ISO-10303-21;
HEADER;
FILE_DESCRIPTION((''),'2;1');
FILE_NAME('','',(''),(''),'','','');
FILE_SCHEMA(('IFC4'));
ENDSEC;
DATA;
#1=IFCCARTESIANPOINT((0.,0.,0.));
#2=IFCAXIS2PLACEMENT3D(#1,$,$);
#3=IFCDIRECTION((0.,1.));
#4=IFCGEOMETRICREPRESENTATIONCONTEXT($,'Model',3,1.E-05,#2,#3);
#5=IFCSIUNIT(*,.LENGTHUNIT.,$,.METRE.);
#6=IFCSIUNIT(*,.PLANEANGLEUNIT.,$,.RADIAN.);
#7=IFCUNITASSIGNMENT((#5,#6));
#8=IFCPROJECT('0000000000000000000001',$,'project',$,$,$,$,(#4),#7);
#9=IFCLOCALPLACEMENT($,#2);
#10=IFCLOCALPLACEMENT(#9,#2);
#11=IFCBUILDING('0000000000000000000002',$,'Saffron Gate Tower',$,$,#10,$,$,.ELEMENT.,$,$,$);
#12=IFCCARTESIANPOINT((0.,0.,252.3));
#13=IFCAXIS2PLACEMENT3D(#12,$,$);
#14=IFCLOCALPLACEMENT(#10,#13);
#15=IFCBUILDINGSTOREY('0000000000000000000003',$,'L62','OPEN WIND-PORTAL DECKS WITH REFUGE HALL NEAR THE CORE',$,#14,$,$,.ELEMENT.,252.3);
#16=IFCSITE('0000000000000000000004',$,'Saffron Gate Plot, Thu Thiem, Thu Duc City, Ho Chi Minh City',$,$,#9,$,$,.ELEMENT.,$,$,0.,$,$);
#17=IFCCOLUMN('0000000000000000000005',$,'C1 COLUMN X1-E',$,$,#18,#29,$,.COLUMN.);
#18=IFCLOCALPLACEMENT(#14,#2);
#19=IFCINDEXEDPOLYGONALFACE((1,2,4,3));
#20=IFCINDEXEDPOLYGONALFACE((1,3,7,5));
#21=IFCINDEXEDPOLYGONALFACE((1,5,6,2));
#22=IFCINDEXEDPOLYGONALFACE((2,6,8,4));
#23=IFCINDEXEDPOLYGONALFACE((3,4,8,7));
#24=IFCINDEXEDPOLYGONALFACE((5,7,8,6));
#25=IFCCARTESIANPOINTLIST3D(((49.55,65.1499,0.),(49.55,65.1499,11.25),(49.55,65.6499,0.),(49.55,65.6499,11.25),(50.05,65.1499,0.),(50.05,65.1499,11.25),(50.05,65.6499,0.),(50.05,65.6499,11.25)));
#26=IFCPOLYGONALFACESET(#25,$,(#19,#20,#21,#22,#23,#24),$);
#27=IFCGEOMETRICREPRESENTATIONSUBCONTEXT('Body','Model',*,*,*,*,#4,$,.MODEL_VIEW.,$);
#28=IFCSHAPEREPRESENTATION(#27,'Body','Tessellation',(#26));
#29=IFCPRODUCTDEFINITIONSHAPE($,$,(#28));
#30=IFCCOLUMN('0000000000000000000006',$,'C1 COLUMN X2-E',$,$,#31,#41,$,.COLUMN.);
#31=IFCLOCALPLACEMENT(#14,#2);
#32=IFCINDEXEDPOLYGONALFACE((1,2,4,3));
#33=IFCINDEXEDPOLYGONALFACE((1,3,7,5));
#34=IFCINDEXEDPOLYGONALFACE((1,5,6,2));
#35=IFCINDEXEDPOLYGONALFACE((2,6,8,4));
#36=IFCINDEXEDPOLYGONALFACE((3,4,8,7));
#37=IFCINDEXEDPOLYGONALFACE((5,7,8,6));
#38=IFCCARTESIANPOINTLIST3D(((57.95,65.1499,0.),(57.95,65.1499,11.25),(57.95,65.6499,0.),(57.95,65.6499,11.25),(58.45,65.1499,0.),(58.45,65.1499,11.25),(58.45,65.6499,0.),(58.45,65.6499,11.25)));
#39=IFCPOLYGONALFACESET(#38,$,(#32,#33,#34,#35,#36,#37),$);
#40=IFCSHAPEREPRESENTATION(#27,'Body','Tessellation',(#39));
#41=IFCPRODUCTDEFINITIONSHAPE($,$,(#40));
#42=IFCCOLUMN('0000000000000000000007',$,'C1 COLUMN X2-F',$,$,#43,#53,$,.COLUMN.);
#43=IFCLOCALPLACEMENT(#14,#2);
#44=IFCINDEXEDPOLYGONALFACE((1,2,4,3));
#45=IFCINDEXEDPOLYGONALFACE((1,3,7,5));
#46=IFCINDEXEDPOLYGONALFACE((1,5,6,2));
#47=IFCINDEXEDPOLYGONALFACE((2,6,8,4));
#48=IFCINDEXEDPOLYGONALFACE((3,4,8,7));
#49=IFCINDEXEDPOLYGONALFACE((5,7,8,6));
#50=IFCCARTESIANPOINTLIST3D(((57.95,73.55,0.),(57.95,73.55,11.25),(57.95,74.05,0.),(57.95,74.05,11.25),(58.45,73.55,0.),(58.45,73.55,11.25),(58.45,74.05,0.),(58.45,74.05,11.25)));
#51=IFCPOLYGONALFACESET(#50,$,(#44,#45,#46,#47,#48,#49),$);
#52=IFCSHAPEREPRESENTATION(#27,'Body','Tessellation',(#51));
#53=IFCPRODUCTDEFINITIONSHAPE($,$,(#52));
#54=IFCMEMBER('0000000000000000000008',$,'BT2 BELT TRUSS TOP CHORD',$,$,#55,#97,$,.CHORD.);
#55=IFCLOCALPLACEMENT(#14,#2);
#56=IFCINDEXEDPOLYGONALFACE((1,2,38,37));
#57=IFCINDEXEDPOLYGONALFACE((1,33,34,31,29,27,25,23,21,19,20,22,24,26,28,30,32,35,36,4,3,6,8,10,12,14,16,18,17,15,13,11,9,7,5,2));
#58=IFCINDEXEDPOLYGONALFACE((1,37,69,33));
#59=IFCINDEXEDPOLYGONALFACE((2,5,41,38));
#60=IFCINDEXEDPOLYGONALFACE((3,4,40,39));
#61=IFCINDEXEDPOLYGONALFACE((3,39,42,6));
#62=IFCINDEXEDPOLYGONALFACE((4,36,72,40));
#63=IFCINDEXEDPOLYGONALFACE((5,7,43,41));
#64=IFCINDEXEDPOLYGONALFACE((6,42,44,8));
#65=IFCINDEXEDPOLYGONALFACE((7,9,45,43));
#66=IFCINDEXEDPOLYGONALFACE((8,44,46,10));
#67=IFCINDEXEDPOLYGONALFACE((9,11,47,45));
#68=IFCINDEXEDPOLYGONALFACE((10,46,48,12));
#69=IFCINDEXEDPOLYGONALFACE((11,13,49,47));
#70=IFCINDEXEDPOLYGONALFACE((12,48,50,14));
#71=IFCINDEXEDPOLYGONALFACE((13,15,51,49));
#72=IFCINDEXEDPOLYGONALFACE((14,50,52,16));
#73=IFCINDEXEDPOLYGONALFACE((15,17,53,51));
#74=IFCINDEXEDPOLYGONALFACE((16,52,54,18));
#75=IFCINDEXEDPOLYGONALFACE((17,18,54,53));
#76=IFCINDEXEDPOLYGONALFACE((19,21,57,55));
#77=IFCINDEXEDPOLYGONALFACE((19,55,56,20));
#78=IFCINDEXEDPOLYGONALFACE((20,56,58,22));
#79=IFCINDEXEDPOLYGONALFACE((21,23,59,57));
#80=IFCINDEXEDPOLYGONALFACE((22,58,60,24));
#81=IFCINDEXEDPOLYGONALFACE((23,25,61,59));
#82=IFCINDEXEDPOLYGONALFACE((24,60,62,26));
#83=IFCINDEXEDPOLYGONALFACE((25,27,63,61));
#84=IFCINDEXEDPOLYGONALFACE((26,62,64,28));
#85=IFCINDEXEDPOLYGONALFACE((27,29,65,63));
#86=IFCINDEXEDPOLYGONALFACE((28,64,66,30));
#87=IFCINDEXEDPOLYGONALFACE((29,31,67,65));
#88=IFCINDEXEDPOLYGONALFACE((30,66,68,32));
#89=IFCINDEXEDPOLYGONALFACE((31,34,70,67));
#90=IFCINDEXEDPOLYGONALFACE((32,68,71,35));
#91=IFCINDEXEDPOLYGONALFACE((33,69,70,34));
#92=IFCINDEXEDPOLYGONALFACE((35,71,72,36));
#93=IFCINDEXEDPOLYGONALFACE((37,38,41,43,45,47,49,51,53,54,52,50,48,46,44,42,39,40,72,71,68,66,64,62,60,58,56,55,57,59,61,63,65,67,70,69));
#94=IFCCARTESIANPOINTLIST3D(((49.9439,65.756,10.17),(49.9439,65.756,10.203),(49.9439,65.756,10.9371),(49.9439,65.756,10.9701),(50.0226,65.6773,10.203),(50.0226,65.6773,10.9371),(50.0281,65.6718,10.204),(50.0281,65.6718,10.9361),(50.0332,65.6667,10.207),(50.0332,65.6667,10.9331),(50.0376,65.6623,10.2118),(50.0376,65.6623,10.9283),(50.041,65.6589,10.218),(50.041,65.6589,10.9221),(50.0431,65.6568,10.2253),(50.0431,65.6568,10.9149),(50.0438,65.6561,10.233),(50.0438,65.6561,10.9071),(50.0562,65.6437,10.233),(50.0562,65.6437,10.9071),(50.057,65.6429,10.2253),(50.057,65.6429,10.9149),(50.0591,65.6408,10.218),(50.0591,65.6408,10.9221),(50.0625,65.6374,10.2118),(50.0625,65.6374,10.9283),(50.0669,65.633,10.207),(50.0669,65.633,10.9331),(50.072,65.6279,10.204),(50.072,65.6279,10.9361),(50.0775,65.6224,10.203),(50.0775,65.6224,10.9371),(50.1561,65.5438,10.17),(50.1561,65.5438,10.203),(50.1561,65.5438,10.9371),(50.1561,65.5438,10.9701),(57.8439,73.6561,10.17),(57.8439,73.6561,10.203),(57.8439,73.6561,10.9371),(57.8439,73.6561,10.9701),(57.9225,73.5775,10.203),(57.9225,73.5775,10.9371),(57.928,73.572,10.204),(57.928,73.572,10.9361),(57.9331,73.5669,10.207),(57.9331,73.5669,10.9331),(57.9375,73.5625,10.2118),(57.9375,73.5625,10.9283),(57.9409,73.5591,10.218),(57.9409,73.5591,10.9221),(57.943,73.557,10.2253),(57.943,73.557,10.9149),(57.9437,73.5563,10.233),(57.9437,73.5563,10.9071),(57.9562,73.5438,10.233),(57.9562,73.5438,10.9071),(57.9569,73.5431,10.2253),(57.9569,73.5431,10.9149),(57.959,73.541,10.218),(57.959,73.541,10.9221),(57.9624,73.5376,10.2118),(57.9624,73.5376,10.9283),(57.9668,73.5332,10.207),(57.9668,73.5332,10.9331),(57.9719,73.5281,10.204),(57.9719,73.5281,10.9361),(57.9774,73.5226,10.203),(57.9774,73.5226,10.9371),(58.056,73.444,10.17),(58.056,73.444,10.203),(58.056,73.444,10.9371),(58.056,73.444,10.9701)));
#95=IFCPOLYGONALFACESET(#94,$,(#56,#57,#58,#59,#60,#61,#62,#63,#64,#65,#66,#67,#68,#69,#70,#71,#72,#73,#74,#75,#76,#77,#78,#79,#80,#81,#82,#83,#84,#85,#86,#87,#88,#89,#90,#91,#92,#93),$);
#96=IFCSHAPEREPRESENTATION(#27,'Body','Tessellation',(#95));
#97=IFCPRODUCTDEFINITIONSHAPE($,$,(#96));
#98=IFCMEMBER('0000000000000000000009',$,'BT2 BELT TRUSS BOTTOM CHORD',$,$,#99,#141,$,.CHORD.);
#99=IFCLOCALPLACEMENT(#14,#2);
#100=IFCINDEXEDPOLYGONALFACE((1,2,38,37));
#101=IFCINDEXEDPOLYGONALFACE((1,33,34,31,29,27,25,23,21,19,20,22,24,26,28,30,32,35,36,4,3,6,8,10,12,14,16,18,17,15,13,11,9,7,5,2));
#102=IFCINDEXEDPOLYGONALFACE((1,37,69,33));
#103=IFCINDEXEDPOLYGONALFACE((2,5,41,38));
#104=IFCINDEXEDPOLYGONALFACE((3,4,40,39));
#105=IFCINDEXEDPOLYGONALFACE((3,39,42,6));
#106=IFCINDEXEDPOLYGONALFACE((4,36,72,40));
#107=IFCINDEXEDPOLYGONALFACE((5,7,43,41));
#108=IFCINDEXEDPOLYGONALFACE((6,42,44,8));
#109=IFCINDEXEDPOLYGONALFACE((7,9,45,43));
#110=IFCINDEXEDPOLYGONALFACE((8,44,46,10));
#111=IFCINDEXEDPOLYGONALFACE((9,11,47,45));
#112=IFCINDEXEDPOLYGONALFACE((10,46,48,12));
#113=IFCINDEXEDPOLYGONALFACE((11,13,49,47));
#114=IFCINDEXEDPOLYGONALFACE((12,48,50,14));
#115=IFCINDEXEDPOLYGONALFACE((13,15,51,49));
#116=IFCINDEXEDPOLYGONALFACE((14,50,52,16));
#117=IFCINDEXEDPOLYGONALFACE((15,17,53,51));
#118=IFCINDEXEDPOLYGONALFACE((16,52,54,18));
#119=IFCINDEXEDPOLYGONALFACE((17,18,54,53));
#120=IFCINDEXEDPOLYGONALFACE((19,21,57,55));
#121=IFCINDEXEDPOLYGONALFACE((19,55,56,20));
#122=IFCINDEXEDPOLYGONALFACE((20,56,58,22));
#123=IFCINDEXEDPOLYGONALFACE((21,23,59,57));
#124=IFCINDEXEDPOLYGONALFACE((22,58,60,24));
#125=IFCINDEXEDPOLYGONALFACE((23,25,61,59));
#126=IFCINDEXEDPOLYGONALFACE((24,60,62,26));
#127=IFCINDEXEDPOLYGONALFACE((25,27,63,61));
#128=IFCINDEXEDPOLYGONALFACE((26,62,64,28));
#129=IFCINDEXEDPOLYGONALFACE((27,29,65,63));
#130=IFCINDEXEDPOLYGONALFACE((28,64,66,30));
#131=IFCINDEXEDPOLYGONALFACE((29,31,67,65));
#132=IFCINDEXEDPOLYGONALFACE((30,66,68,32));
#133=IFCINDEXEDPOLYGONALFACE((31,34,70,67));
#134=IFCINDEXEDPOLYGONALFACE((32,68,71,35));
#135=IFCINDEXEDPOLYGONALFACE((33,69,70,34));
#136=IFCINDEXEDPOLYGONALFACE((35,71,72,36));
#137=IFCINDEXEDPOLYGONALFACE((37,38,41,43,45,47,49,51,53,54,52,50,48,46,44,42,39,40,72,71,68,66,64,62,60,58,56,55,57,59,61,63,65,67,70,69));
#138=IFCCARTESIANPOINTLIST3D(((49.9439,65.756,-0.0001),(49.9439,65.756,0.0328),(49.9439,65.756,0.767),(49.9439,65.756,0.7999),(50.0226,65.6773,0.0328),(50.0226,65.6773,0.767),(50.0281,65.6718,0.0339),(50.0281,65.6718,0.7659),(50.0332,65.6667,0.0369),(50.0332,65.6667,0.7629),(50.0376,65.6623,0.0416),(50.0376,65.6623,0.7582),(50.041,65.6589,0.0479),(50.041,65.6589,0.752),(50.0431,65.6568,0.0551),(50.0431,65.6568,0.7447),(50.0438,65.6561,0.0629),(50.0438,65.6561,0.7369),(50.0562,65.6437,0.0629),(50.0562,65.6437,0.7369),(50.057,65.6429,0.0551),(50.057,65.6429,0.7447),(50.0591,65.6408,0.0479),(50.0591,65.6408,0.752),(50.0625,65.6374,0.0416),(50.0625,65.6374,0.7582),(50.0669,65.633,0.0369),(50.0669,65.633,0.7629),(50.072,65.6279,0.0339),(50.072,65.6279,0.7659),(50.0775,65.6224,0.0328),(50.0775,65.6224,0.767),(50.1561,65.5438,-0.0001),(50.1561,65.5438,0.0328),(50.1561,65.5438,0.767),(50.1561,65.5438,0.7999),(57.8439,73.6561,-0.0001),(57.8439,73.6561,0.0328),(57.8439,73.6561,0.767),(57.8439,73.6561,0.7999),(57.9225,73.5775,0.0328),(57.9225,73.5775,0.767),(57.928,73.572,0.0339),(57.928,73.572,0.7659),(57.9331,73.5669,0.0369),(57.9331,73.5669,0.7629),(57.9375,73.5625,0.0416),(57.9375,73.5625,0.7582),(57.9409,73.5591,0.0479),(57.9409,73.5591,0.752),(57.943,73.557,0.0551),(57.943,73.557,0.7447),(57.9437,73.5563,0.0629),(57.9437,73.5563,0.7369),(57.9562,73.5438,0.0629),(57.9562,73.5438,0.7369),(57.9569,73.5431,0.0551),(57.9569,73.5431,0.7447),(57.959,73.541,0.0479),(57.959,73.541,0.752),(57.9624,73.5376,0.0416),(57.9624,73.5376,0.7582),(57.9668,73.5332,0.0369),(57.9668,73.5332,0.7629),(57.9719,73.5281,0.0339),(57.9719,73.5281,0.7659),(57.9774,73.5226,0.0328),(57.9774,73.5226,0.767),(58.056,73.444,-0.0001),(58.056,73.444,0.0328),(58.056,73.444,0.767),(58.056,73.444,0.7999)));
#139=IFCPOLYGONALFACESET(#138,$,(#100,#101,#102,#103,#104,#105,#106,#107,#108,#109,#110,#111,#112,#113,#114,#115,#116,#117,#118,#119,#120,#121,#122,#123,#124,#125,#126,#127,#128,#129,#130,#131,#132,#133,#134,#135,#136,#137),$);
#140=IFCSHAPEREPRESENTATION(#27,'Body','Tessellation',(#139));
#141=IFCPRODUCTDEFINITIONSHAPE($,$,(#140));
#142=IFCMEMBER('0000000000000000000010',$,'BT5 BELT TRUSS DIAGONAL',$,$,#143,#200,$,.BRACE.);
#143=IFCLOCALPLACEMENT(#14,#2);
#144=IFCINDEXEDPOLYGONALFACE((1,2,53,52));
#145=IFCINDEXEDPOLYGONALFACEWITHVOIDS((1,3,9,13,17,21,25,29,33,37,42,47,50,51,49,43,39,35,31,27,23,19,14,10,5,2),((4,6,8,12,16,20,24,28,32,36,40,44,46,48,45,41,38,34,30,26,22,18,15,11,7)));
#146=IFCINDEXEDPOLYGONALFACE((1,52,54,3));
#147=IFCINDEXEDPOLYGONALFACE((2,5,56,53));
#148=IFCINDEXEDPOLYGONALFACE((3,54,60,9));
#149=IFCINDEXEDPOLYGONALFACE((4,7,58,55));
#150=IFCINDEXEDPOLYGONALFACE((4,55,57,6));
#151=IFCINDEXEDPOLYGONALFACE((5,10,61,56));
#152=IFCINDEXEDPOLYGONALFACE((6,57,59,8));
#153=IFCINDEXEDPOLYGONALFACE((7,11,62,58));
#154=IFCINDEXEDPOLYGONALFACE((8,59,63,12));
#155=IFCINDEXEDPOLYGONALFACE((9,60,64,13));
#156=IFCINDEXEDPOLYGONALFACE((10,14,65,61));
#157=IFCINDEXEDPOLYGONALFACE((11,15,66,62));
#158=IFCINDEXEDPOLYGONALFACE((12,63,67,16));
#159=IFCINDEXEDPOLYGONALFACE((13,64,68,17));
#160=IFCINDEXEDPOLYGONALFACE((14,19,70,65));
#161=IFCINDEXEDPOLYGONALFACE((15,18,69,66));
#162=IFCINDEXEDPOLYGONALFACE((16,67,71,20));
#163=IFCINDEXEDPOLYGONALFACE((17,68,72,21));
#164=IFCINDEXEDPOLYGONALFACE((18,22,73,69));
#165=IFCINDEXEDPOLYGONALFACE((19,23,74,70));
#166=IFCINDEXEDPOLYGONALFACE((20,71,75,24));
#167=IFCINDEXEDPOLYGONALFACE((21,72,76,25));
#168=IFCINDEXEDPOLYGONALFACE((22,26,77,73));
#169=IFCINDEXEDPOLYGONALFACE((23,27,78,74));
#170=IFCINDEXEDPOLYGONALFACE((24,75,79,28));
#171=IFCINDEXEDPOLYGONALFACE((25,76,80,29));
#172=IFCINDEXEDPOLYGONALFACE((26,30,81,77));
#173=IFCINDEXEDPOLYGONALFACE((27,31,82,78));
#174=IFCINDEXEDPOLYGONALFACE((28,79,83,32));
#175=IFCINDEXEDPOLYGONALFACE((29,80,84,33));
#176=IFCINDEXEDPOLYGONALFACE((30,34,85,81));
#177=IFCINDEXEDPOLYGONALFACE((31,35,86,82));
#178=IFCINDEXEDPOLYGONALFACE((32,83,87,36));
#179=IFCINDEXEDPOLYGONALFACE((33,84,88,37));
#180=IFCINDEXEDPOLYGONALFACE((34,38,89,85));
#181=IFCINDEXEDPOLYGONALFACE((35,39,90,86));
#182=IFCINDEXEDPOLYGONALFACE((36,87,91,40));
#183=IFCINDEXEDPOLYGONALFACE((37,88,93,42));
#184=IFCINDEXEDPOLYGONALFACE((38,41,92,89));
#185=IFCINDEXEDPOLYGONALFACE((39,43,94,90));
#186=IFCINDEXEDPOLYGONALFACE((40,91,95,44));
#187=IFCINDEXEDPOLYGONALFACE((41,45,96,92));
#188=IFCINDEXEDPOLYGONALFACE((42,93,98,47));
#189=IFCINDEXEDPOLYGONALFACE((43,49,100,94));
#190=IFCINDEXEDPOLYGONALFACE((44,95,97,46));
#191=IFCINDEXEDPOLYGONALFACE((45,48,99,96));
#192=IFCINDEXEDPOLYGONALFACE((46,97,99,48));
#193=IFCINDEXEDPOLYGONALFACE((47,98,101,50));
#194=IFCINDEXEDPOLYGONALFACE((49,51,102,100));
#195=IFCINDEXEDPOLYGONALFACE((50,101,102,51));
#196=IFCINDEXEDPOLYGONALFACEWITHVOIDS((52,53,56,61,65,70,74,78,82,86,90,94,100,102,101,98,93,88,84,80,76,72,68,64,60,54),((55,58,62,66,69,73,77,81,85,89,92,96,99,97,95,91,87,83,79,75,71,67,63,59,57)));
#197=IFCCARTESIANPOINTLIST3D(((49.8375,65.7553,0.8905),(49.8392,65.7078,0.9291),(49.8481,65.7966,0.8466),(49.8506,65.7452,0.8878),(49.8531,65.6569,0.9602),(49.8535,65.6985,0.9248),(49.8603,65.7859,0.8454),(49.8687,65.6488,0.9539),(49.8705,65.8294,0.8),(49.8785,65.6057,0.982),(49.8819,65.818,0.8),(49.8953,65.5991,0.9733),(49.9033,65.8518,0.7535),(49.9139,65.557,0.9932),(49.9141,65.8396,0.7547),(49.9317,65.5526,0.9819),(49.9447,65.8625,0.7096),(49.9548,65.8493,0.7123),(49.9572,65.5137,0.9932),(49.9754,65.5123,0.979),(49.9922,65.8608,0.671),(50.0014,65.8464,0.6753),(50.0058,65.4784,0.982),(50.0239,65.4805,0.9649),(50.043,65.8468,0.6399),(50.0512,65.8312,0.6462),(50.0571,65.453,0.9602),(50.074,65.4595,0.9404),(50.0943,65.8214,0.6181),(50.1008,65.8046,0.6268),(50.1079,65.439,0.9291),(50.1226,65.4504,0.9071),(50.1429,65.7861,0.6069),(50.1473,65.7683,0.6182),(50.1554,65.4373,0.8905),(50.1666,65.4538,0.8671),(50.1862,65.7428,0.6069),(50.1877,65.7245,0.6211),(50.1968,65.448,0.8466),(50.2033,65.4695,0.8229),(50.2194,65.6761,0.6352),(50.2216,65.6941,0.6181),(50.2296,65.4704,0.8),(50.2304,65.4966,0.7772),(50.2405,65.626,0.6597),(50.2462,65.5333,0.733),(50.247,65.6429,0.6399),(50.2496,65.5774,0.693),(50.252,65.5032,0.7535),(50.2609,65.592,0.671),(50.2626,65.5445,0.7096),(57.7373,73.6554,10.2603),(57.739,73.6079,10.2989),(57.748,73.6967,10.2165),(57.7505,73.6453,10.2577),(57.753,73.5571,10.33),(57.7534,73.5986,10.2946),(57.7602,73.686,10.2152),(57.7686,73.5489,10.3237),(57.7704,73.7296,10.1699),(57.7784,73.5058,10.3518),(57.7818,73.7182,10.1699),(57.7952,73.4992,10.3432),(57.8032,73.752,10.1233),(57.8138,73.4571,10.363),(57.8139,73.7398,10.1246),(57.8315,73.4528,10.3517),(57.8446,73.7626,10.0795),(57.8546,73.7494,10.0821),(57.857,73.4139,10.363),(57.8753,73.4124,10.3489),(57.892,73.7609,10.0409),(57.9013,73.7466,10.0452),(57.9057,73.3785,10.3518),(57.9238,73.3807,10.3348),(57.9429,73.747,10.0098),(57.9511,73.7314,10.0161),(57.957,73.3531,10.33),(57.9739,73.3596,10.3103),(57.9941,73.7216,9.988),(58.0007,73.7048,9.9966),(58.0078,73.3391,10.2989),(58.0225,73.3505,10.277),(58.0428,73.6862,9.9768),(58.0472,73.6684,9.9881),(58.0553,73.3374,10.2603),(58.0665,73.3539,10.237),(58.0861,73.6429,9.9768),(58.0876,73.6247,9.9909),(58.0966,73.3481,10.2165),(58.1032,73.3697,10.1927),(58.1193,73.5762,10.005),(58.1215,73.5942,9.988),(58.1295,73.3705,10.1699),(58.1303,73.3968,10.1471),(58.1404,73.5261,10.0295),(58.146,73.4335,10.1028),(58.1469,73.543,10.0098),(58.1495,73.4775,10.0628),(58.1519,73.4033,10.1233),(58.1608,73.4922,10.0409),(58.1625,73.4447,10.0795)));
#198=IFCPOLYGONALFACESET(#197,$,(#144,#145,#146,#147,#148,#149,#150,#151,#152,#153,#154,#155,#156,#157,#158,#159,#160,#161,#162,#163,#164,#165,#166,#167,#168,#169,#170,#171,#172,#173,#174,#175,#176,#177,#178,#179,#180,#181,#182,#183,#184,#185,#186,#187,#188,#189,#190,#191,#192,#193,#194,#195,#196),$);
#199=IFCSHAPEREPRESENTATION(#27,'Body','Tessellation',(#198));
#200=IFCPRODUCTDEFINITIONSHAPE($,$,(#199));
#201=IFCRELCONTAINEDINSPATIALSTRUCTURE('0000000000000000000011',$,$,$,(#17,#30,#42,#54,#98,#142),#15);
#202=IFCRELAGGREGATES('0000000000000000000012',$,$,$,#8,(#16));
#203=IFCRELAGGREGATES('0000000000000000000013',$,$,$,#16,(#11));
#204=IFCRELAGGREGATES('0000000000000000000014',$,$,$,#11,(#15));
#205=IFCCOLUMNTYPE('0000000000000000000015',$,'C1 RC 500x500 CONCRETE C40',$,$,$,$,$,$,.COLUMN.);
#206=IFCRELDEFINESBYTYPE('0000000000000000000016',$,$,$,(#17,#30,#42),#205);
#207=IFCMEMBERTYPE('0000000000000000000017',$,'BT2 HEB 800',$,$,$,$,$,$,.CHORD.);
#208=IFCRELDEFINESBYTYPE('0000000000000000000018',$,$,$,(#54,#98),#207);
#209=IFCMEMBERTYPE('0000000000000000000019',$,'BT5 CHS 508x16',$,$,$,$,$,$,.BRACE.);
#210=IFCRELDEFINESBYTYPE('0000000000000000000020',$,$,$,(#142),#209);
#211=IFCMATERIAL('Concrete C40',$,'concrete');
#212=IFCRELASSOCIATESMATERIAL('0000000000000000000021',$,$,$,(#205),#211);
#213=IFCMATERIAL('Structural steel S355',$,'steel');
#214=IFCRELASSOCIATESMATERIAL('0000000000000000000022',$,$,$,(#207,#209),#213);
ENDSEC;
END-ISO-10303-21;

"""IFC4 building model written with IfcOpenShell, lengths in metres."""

from ifc_helpers import new_model, si_unit, direction, frame, origin, origin_2d, place, context, subcontext, project, spatial, rectangle, hollow_circle, i_section, extrude, material, material_profile, profile_set, type_object, element, save


model = new_model("IFC4")

# Units and contexts
model_context = context("Model", 3, precision=1e-05, world=origin(), true_north=direction((0.0, 1.0)))
body_context = subcontext(model_context, "Body", "Model", "MODEL_VIEW")
ifc_project = project(units=[si_unit("LENGTHUNIT", "METRE"), si_unit("PLANEANGLEUNIT", "RADIAN")], contexts=[model_context])

# Site, building, storey
site_placement = place(None, origin())
site = spatial("IfcSite", under=ifc_project, at=site_placement, Name="Saffron Gate Plot, Thu Thiem, Thu Duc City, Ho Chi Minh City", CompositionType="ELEMENT", RefElevation=0.0)
building_placement = place(site_placement, origin())
building = spatial("IfcBuilding", under=site, at=building_placement, Name="Saffron Gate Tower", CompositionType="ELEMENT")
storey_placement = place(building_placement, frame((0.0, 0.0, 252.3)))
storey = spatial("IfcBuildingStorey", under=building, at=storey_placement, Name="L62", Description="OPEN WIND-PORTAL DECKS WITH REFUGE HALL NEAR THE CORE", CompositionType="ELEMENT", Elevation=252.3)

# Columns
ifc_material_1 = material(Name="Concrete C40", Category="concrete")
ifc_material_profile_1 = material_profile(ifc_material_1, rectangle(XDim=0.5, YDim=0.5, at=origin_2d()))
ifc_profile_set_1 = profile_set([ifc_material_profile_1], Name="Concrete C40")
column_type = type_object("IfcColumnType", Name="C1 RC 500x500 CONCRETE C40", PredefinedType="COLUMN", material=ifc_profile_set_1)
for number, where, z_axis, x_axis, name in (
    (1, (49.8, 65.3999, 0.0), (0.0, 0.0, 1.0), (1.0, 0.0, 0.0), "C1 COLUMN X1-E"),
    (2, (58.2, 65.3999, 0.0), (0.0, 0.0, 1.0), (1.0, 0.0, 0.0), "C1 COLUMN X2-E"),
    (3, (58.2, 73.8, 0.0), (0.0, 0.0, 1.0), (1.0, 0.0, 0.0), "C1 COLUMN X2-F"),
):
    element("IfcColumn", number, at=place(storey_placement, frame(where, z_axis=z_axis, x_axis=x_axis)), inside=storey, type_object=column_type, Name=name, PredefinedType="COLUMN", context=body_context, shape_type="SweptSolid", body=[
        extrude(rectangle(XDim=0.5, YDim=0.5, at=origin_2d()), origin(), (0.0, 0.0, 1.0), 11.25),
    ])

# Members
ifc_material_2 = material(Name="Structural steel S355", Category="steel")
ifc_material_profile_2 = material_profile(ifc_material_2, i_section(OverallWidth=0.3, OverallDepth=0.8, WebThickness=0.0176, FlangeThickness=0.033, FilletRadius=0.03, at=origin_2d()))
ifc_profile_set_2 = profile_set([ifc_material_profile_2], Name="Structural steel S355")
member_type_1 = type_object("IfcMemberType", Name="BT2 HEB 800", PredefinedType="CHORD", material=ifc_profile_set_2)
for number, where, z_axis, x_axis, name in (
    (4, (57.95, 73.55, 10.5701), (-0.707096, -0.707118, 0.0), (0.707118, -0.707096, 0.0), "BT2 BELT TRUSS TOP CHORD"),
    (5, (57.95, 73.55, 0.3999), (-0.707096, -0.707118, 0.0), (0.707118, -0.707096, 0.0), "BT2 BELT TRUSS BOTTOM CHORD"),
):
    element("IfcMember", number, at=place(storey_placement, frame(where, z_axis=z_axis, x_axis=x_axis)), inside=storey, type_object=member_type_1, Name=name, PredefinedType="CHORD", context=body_context, shape_type="SweptSolid", body=[
        extrude(i_section(OverallWidth=0.3, OverallDepth=0.8, WebThickness=0.0176, FlangeThickness=0.033, FilletRadius=0.03, at=origin_2d()), origin(), (0.0, 0.0, 1.0), 11.1724),
    ])
ifc_material_profile_3 = material_profile(ifc_material_2, hollow_circle(Radius=0.2539, WallThickness=0.0161, at=origin_2d()))
ifc_profile_set_3 = profile_set([ifc_material_profile_3], Name="Structural steel S355")
member_type_2 = type_object("IfcMemberType", Name="BT5 CHS 508x16", PredefinedType="BRACE", material=ifc_profile_set_3)
member_1_placement = place(storey_placement, frame((50.05, 65.6499, 0.8), z_axis=(0.541782, 0.541799, 0.642594), x_axis=(-0.707118, 0.707096, 0.0)))
element("IfcMember", 6, at=member_1_placement, inside=storey, type_object=member_type_2, Name="BT5 BELT TRUSS DIAGONAL", PredefinedType="BRACE", context=body_context, shape_type="SweptSolid", body=[
    extrude(hollow_circle(Radius=0.2539, WallThickness=0.0161, at=origin_2d()), origin(), (0.0, 0.0, 1.0), 14.5813),
])

save(model, "model.ifc")
